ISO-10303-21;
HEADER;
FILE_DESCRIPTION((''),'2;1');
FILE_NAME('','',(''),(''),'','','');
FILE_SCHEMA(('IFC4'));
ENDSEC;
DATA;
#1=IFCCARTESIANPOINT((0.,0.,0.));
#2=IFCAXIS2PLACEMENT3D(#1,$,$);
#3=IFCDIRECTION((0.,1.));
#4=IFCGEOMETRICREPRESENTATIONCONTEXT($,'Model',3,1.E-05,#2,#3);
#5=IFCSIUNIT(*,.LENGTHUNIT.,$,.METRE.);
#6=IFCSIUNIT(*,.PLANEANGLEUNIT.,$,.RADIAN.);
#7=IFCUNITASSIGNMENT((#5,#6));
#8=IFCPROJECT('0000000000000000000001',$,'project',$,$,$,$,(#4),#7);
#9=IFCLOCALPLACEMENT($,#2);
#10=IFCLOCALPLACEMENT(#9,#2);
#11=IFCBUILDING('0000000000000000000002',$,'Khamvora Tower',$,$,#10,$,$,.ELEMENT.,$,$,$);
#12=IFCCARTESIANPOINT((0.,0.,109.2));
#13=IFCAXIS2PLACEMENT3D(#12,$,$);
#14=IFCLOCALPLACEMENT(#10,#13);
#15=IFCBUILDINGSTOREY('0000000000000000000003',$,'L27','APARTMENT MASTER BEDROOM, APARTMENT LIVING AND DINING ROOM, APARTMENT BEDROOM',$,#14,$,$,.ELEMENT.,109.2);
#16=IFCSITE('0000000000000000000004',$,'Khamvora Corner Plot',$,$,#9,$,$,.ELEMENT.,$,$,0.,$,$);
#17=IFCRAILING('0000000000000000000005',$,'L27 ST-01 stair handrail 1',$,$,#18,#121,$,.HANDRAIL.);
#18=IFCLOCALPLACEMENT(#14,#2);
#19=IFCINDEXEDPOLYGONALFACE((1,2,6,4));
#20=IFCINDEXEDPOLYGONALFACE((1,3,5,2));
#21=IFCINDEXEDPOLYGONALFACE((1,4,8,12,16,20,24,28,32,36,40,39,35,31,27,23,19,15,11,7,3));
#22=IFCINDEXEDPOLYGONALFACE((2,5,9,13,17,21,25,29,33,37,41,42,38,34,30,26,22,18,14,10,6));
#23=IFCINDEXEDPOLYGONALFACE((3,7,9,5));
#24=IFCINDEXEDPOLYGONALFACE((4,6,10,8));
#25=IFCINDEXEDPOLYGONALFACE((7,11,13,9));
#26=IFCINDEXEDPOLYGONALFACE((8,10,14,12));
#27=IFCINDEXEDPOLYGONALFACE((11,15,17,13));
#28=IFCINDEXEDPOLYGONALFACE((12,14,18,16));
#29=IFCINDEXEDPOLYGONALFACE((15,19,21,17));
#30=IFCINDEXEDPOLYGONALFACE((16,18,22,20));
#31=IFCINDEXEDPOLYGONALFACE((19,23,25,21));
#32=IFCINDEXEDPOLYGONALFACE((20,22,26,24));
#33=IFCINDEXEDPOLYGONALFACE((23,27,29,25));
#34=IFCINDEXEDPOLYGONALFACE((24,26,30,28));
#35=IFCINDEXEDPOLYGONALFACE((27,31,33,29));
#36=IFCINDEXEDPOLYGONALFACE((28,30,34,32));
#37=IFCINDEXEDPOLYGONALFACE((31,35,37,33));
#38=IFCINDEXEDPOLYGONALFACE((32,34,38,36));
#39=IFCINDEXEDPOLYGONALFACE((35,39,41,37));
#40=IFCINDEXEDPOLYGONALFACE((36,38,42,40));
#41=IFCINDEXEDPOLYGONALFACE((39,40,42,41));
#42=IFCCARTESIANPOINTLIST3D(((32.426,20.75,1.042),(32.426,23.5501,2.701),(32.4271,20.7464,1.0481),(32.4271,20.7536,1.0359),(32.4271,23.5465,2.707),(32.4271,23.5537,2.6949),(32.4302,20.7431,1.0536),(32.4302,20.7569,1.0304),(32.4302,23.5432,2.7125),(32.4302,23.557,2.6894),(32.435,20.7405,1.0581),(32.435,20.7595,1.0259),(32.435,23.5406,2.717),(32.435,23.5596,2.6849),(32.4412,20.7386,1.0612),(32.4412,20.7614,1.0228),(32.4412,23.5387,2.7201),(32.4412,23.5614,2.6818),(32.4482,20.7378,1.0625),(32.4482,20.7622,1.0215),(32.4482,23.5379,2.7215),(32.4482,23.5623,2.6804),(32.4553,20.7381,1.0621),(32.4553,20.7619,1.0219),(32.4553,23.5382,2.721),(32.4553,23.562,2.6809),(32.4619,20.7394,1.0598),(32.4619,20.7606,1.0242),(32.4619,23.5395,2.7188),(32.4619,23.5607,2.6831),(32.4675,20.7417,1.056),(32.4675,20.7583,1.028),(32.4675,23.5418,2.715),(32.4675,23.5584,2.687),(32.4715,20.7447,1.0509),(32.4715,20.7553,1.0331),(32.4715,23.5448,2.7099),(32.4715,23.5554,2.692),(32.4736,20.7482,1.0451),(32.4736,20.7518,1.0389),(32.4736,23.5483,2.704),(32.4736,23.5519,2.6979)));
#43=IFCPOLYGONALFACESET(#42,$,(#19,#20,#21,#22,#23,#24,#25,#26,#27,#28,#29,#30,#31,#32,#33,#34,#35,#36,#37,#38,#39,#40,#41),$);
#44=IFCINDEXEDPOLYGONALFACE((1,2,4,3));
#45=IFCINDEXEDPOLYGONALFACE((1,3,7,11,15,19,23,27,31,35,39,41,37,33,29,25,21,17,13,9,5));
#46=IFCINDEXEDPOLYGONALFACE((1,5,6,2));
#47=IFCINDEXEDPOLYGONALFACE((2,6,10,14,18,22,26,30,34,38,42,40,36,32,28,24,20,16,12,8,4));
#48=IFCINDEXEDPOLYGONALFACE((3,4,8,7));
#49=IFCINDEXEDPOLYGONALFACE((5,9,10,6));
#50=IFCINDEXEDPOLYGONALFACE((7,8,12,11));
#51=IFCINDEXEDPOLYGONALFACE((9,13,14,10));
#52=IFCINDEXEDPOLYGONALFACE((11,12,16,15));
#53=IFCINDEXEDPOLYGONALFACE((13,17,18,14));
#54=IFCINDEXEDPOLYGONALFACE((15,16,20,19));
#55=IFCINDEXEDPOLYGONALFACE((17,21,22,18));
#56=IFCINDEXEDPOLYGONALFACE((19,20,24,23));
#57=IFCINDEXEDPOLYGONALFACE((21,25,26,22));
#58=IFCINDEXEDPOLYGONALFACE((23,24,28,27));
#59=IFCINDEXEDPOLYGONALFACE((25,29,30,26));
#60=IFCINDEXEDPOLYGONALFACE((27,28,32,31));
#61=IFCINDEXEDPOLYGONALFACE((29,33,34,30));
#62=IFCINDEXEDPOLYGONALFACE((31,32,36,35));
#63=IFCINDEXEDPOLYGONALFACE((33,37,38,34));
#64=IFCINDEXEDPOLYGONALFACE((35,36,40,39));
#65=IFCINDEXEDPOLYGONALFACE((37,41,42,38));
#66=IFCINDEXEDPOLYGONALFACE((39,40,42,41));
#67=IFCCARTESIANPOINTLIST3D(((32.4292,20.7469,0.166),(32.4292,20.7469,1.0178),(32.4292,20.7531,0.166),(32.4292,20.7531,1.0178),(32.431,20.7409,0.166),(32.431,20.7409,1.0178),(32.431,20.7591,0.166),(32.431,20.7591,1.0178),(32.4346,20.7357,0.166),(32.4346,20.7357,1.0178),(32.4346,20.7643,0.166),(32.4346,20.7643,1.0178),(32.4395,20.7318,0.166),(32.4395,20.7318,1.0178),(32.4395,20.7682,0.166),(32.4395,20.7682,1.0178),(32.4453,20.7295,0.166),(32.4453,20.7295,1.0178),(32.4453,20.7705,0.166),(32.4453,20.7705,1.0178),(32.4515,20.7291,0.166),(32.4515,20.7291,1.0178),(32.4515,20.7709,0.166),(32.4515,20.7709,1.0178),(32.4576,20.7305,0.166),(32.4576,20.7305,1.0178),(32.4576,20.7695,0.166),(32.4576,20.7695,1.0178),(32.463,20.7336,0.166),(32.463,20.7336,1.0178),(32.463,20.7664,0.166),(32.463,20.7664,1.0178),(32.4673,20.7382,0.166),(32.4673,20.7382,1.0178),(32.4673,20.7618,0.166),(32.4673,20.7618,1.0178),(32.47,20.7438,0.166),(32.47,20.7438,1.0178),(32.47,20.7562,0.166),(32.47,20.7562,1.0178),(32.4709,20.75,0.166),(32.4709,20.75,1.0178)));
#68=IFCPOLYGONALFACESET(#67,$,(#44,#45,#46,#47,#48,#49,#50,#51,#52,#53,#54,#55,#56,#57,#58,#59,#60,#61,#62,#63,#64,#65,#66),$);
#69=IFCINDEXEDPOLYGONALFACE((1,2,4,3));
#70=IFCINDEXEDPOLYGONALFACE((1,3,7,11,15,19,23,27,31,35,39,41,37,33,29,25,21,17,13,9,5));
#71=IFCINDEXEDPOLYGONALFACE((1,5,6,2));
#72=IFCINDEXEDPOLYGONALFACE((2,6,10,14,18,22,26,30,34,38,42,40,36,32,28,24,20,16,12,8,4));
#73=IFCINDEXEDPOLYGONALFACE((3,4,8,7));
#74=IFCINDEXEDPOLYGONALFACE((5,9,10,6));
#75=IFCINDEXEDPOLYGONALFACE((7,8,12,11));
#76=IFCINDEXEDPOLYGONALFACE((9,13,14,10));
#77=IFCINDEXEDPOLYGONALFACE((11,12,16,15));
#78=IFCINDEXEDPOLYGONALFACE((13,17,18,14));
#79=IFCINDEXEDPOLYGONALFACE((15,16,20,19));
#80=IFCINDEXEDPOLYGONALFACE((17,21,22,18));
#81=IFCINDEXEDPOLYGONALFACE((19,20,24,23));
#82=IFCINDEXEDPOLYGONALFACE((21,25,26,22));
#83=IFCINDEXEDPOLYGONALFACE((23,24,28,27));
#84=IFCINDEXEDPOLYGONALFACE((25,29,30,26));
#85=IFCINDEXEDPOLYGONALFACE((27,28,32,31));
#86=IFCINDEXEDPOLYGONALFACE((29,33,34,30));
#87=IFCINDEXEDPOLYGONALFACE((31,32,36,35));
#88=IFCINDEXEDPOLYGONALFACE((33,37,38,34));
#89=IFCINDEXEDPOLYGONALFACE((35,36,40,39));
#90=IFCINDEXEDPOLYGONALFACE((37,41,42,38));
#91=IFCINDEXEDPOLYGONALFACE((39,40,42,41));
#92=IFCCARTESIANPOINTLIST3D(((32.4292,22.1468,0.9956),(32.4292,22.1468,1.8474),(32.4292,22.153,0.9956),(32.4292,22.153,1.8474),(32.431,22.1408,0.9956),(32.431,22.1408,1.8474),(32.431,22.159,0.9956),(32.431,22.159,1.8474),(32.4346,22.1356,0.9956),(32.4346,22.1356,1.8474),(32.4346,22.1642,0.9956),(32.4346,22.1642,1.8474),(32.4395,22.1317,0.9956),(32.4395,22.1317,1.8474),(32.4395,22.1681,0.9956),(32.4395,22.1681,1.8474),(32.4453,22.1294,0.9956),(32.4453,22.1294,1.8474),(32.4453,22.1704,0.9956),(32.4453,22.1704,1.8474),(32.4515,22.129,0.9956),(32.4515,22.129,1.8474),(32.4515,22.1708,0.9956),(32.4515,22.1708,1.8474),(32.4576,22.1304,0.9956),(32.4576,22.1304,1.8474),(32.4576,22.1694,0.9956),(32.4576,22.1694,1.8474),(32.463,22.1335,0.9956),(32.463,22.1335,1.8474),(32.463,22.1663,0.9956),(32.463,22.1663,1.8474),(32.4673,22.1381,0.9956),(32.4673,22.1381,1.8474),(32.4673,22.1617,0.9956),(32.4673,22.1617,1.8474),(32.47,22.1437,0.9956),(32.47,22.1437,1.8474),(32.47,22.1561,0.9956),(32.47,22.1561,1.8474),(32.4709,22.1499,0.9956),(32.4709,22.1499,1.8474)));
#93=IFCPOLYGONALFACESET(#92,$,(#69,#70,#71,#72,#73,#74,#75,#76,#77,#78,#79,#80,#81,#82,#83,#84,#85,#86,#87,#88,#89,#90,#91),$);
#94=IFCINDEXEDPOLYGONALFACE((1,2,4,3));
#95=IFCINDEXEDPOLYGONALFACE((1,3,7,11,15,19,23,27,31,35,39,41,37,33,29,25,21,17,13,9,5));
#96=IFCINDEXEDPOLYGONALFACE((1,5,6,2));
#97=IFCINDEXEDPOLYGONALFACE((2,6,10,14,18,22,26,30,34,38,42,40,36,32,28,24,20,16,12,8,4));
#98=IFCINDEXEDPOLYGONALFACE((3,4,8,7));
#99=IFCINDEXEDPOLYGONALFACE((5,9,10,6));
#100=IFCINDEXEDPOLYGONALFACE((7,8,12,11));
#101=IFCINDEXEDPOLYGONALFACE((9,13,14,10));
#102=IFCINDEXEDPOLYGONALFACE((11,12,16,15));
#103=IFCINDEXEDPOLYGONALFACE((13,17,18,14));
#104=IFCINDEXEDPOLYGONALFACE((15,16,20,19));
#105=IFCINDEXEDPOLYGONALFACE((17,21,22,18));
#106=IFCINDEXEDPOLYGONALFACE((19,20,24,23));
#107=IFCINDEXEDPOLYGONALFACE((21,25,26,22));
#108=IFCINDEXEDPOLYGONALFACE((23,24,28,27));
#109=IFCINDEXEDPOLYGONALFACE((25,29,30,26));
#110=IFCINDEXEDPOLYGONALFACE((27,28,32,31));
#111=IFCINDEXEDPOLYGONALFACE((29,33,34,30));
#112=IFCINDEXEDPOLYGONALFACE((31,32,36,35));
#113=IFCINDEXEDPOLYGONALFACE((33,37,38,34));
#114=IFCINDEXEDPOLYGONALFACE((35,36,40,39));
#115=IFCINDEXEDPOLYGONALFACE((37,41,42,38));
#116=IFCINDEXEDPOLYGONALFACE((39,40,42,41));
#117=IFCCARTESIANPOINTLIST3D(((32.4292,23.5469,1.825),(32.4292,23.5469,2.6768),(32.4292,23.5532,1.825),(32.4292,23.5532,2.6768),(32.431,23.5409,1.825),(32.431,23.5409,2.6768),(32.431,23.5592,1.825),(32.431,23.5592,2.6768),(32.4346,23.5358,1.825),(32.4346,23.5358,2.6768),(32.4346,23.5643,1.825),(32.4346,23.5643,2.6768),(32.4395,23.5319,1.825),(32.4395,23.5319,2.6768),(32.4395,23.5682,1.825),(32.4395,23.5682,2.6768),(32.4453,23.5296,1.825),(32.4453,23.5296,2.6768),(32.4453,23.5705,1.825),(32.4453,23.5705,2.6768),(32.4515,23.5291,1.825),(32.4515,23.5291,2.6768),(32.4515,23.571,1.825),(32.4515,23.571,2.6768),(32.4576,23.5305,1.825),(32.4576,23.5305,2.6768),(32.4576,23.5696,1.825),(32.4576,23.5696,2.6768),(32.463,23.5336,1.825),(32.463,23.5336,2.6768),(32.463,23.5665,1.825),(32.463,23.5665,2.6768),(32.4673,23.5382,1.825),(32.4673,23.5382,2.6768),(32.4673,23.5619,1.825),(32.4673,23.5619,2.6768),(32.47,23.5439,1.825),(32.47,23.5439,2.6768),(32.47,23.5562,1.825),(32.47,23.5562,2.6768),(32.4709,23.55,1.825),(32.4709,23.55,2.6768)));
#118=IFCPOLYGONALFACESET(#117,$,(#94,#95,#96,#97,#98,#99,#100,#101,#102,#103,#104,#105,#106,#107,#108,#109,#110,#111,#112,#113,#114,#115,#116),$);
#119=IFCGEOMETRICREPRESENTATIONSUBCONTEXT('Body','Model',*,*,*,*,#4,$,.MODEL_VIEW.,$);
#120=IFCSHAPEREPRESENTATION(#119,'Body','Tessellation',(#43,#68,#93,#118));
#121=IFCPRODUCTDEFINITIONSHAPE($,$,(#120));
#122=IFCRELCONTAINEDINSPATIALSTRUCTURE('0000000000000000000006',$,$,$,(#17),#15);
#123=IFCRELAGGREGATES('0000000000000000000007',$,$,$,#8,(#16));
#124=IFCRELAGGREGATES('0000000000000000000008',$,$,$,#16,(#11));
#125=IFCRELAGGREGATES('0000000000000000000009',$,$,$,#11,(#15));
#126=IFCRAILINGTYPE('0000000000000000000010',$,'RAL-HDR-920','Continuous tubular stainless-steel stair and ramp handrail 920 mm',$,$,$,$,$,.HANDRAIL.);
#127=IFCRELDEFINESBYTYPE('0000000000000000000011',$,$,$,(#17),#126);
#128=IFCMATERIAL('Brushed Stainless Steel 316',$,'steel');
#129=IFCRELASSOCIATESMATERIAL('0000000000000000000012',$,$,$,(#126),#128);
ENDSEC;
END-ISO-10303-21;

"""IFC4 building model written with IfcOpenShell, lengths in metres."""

from ifc_helpers import new_model, si_unit, direction, frame, origin, origin_2d, place, context, subcontext, project, spatial, circle, extrude, material, type_object, element, save


model = new_model("IFC4")

# Units and contexts
model_context = context("Model", 3, precision=1e-05, world=origin(), true_north=direction((0.0, 1.0)))
body_context = subcontext(model_context, "Body", "Model", "MODEL_VIEW")
ifc_project = project(units=[si_unit("LENGTHUNIT", "METRE"), si_unit("PLANEANGLEUNIT", "RADIAN")], contexts=[model_context])

# Site, building, storey
site_placement = place(None, origin())
site = spatial("IfcSite", under=ifc_project, at=site_placement, Name="Khamvora Corner Plot", CompositionType="ELEMENT", RefElevation=0.0)
building_placement = place(site_placement, origin())
building = spatial("IfcBuilding", under=site, at=building_placement, Name="Khamvora Tower", CompositionType="ELEMENT")
storey_placement = place(building_placement, frame((0.0, 0.0, 109.2)))
storey = spatial("IfcBuildingStorey", under=building, at=storey_placement, Name="L27", Description="APARTMENT MASTER BEDROOM, APARTMENT LIVING AND DINING ROOM, APARTMENT BEDROOM", CompositionType="ELEMENT", Elevation=109.2)

# Railing
ifc_material_1 = material(Name="Brushed Stainless Steel 316", Category="steel")
railing_type_1 = type_object("IfcRailingType", Name="RAL-HDR-920", Description="Continuous tubular stainless-steel stair and ramp handrail 920 mm", PredefinedType="HANDRAIL", material=ifc_material_1)
railing_1_placement = place(storey_placement, frame((32.45, 20.75, 0.166)))
element("IfcRailing", 1, at=railing_1_placement, inside=storey, type_object=railing_type_1, Name="L27 ST-01 stair handrail 1", PredefinedType="HANDRAIL", context=body_context, shape_type="SweptSolid", body=[
    extrude(circle(Radius=0.0239, at=origin_2d()), frame((0.0, 0.0, 0.876), z_axis=(0.0, 0.860339, 0.509722), x_axis=(-1.0, 0.0, 0.0)), (0.0, 0.0, 1.0), 3.2546),
    extrude(circle(Radius=0.021, at=origin_2d()), origin(), (0.0, 0.0, 1.0), 0.8518),
    extrude(circle(Radius=0.021, at=origin_2d()), frame((0.0, 1.3999, 0.8296)), (0.0, 0.0, 1.0), 0.8518),
    extrude(circle(Radius=0.021, at=origin_2d()), frame((0.0, 2.8, 1.6589)), (0.0, 0.0, 1.0), 0.8518),
])

save(model, "model.ifc")
